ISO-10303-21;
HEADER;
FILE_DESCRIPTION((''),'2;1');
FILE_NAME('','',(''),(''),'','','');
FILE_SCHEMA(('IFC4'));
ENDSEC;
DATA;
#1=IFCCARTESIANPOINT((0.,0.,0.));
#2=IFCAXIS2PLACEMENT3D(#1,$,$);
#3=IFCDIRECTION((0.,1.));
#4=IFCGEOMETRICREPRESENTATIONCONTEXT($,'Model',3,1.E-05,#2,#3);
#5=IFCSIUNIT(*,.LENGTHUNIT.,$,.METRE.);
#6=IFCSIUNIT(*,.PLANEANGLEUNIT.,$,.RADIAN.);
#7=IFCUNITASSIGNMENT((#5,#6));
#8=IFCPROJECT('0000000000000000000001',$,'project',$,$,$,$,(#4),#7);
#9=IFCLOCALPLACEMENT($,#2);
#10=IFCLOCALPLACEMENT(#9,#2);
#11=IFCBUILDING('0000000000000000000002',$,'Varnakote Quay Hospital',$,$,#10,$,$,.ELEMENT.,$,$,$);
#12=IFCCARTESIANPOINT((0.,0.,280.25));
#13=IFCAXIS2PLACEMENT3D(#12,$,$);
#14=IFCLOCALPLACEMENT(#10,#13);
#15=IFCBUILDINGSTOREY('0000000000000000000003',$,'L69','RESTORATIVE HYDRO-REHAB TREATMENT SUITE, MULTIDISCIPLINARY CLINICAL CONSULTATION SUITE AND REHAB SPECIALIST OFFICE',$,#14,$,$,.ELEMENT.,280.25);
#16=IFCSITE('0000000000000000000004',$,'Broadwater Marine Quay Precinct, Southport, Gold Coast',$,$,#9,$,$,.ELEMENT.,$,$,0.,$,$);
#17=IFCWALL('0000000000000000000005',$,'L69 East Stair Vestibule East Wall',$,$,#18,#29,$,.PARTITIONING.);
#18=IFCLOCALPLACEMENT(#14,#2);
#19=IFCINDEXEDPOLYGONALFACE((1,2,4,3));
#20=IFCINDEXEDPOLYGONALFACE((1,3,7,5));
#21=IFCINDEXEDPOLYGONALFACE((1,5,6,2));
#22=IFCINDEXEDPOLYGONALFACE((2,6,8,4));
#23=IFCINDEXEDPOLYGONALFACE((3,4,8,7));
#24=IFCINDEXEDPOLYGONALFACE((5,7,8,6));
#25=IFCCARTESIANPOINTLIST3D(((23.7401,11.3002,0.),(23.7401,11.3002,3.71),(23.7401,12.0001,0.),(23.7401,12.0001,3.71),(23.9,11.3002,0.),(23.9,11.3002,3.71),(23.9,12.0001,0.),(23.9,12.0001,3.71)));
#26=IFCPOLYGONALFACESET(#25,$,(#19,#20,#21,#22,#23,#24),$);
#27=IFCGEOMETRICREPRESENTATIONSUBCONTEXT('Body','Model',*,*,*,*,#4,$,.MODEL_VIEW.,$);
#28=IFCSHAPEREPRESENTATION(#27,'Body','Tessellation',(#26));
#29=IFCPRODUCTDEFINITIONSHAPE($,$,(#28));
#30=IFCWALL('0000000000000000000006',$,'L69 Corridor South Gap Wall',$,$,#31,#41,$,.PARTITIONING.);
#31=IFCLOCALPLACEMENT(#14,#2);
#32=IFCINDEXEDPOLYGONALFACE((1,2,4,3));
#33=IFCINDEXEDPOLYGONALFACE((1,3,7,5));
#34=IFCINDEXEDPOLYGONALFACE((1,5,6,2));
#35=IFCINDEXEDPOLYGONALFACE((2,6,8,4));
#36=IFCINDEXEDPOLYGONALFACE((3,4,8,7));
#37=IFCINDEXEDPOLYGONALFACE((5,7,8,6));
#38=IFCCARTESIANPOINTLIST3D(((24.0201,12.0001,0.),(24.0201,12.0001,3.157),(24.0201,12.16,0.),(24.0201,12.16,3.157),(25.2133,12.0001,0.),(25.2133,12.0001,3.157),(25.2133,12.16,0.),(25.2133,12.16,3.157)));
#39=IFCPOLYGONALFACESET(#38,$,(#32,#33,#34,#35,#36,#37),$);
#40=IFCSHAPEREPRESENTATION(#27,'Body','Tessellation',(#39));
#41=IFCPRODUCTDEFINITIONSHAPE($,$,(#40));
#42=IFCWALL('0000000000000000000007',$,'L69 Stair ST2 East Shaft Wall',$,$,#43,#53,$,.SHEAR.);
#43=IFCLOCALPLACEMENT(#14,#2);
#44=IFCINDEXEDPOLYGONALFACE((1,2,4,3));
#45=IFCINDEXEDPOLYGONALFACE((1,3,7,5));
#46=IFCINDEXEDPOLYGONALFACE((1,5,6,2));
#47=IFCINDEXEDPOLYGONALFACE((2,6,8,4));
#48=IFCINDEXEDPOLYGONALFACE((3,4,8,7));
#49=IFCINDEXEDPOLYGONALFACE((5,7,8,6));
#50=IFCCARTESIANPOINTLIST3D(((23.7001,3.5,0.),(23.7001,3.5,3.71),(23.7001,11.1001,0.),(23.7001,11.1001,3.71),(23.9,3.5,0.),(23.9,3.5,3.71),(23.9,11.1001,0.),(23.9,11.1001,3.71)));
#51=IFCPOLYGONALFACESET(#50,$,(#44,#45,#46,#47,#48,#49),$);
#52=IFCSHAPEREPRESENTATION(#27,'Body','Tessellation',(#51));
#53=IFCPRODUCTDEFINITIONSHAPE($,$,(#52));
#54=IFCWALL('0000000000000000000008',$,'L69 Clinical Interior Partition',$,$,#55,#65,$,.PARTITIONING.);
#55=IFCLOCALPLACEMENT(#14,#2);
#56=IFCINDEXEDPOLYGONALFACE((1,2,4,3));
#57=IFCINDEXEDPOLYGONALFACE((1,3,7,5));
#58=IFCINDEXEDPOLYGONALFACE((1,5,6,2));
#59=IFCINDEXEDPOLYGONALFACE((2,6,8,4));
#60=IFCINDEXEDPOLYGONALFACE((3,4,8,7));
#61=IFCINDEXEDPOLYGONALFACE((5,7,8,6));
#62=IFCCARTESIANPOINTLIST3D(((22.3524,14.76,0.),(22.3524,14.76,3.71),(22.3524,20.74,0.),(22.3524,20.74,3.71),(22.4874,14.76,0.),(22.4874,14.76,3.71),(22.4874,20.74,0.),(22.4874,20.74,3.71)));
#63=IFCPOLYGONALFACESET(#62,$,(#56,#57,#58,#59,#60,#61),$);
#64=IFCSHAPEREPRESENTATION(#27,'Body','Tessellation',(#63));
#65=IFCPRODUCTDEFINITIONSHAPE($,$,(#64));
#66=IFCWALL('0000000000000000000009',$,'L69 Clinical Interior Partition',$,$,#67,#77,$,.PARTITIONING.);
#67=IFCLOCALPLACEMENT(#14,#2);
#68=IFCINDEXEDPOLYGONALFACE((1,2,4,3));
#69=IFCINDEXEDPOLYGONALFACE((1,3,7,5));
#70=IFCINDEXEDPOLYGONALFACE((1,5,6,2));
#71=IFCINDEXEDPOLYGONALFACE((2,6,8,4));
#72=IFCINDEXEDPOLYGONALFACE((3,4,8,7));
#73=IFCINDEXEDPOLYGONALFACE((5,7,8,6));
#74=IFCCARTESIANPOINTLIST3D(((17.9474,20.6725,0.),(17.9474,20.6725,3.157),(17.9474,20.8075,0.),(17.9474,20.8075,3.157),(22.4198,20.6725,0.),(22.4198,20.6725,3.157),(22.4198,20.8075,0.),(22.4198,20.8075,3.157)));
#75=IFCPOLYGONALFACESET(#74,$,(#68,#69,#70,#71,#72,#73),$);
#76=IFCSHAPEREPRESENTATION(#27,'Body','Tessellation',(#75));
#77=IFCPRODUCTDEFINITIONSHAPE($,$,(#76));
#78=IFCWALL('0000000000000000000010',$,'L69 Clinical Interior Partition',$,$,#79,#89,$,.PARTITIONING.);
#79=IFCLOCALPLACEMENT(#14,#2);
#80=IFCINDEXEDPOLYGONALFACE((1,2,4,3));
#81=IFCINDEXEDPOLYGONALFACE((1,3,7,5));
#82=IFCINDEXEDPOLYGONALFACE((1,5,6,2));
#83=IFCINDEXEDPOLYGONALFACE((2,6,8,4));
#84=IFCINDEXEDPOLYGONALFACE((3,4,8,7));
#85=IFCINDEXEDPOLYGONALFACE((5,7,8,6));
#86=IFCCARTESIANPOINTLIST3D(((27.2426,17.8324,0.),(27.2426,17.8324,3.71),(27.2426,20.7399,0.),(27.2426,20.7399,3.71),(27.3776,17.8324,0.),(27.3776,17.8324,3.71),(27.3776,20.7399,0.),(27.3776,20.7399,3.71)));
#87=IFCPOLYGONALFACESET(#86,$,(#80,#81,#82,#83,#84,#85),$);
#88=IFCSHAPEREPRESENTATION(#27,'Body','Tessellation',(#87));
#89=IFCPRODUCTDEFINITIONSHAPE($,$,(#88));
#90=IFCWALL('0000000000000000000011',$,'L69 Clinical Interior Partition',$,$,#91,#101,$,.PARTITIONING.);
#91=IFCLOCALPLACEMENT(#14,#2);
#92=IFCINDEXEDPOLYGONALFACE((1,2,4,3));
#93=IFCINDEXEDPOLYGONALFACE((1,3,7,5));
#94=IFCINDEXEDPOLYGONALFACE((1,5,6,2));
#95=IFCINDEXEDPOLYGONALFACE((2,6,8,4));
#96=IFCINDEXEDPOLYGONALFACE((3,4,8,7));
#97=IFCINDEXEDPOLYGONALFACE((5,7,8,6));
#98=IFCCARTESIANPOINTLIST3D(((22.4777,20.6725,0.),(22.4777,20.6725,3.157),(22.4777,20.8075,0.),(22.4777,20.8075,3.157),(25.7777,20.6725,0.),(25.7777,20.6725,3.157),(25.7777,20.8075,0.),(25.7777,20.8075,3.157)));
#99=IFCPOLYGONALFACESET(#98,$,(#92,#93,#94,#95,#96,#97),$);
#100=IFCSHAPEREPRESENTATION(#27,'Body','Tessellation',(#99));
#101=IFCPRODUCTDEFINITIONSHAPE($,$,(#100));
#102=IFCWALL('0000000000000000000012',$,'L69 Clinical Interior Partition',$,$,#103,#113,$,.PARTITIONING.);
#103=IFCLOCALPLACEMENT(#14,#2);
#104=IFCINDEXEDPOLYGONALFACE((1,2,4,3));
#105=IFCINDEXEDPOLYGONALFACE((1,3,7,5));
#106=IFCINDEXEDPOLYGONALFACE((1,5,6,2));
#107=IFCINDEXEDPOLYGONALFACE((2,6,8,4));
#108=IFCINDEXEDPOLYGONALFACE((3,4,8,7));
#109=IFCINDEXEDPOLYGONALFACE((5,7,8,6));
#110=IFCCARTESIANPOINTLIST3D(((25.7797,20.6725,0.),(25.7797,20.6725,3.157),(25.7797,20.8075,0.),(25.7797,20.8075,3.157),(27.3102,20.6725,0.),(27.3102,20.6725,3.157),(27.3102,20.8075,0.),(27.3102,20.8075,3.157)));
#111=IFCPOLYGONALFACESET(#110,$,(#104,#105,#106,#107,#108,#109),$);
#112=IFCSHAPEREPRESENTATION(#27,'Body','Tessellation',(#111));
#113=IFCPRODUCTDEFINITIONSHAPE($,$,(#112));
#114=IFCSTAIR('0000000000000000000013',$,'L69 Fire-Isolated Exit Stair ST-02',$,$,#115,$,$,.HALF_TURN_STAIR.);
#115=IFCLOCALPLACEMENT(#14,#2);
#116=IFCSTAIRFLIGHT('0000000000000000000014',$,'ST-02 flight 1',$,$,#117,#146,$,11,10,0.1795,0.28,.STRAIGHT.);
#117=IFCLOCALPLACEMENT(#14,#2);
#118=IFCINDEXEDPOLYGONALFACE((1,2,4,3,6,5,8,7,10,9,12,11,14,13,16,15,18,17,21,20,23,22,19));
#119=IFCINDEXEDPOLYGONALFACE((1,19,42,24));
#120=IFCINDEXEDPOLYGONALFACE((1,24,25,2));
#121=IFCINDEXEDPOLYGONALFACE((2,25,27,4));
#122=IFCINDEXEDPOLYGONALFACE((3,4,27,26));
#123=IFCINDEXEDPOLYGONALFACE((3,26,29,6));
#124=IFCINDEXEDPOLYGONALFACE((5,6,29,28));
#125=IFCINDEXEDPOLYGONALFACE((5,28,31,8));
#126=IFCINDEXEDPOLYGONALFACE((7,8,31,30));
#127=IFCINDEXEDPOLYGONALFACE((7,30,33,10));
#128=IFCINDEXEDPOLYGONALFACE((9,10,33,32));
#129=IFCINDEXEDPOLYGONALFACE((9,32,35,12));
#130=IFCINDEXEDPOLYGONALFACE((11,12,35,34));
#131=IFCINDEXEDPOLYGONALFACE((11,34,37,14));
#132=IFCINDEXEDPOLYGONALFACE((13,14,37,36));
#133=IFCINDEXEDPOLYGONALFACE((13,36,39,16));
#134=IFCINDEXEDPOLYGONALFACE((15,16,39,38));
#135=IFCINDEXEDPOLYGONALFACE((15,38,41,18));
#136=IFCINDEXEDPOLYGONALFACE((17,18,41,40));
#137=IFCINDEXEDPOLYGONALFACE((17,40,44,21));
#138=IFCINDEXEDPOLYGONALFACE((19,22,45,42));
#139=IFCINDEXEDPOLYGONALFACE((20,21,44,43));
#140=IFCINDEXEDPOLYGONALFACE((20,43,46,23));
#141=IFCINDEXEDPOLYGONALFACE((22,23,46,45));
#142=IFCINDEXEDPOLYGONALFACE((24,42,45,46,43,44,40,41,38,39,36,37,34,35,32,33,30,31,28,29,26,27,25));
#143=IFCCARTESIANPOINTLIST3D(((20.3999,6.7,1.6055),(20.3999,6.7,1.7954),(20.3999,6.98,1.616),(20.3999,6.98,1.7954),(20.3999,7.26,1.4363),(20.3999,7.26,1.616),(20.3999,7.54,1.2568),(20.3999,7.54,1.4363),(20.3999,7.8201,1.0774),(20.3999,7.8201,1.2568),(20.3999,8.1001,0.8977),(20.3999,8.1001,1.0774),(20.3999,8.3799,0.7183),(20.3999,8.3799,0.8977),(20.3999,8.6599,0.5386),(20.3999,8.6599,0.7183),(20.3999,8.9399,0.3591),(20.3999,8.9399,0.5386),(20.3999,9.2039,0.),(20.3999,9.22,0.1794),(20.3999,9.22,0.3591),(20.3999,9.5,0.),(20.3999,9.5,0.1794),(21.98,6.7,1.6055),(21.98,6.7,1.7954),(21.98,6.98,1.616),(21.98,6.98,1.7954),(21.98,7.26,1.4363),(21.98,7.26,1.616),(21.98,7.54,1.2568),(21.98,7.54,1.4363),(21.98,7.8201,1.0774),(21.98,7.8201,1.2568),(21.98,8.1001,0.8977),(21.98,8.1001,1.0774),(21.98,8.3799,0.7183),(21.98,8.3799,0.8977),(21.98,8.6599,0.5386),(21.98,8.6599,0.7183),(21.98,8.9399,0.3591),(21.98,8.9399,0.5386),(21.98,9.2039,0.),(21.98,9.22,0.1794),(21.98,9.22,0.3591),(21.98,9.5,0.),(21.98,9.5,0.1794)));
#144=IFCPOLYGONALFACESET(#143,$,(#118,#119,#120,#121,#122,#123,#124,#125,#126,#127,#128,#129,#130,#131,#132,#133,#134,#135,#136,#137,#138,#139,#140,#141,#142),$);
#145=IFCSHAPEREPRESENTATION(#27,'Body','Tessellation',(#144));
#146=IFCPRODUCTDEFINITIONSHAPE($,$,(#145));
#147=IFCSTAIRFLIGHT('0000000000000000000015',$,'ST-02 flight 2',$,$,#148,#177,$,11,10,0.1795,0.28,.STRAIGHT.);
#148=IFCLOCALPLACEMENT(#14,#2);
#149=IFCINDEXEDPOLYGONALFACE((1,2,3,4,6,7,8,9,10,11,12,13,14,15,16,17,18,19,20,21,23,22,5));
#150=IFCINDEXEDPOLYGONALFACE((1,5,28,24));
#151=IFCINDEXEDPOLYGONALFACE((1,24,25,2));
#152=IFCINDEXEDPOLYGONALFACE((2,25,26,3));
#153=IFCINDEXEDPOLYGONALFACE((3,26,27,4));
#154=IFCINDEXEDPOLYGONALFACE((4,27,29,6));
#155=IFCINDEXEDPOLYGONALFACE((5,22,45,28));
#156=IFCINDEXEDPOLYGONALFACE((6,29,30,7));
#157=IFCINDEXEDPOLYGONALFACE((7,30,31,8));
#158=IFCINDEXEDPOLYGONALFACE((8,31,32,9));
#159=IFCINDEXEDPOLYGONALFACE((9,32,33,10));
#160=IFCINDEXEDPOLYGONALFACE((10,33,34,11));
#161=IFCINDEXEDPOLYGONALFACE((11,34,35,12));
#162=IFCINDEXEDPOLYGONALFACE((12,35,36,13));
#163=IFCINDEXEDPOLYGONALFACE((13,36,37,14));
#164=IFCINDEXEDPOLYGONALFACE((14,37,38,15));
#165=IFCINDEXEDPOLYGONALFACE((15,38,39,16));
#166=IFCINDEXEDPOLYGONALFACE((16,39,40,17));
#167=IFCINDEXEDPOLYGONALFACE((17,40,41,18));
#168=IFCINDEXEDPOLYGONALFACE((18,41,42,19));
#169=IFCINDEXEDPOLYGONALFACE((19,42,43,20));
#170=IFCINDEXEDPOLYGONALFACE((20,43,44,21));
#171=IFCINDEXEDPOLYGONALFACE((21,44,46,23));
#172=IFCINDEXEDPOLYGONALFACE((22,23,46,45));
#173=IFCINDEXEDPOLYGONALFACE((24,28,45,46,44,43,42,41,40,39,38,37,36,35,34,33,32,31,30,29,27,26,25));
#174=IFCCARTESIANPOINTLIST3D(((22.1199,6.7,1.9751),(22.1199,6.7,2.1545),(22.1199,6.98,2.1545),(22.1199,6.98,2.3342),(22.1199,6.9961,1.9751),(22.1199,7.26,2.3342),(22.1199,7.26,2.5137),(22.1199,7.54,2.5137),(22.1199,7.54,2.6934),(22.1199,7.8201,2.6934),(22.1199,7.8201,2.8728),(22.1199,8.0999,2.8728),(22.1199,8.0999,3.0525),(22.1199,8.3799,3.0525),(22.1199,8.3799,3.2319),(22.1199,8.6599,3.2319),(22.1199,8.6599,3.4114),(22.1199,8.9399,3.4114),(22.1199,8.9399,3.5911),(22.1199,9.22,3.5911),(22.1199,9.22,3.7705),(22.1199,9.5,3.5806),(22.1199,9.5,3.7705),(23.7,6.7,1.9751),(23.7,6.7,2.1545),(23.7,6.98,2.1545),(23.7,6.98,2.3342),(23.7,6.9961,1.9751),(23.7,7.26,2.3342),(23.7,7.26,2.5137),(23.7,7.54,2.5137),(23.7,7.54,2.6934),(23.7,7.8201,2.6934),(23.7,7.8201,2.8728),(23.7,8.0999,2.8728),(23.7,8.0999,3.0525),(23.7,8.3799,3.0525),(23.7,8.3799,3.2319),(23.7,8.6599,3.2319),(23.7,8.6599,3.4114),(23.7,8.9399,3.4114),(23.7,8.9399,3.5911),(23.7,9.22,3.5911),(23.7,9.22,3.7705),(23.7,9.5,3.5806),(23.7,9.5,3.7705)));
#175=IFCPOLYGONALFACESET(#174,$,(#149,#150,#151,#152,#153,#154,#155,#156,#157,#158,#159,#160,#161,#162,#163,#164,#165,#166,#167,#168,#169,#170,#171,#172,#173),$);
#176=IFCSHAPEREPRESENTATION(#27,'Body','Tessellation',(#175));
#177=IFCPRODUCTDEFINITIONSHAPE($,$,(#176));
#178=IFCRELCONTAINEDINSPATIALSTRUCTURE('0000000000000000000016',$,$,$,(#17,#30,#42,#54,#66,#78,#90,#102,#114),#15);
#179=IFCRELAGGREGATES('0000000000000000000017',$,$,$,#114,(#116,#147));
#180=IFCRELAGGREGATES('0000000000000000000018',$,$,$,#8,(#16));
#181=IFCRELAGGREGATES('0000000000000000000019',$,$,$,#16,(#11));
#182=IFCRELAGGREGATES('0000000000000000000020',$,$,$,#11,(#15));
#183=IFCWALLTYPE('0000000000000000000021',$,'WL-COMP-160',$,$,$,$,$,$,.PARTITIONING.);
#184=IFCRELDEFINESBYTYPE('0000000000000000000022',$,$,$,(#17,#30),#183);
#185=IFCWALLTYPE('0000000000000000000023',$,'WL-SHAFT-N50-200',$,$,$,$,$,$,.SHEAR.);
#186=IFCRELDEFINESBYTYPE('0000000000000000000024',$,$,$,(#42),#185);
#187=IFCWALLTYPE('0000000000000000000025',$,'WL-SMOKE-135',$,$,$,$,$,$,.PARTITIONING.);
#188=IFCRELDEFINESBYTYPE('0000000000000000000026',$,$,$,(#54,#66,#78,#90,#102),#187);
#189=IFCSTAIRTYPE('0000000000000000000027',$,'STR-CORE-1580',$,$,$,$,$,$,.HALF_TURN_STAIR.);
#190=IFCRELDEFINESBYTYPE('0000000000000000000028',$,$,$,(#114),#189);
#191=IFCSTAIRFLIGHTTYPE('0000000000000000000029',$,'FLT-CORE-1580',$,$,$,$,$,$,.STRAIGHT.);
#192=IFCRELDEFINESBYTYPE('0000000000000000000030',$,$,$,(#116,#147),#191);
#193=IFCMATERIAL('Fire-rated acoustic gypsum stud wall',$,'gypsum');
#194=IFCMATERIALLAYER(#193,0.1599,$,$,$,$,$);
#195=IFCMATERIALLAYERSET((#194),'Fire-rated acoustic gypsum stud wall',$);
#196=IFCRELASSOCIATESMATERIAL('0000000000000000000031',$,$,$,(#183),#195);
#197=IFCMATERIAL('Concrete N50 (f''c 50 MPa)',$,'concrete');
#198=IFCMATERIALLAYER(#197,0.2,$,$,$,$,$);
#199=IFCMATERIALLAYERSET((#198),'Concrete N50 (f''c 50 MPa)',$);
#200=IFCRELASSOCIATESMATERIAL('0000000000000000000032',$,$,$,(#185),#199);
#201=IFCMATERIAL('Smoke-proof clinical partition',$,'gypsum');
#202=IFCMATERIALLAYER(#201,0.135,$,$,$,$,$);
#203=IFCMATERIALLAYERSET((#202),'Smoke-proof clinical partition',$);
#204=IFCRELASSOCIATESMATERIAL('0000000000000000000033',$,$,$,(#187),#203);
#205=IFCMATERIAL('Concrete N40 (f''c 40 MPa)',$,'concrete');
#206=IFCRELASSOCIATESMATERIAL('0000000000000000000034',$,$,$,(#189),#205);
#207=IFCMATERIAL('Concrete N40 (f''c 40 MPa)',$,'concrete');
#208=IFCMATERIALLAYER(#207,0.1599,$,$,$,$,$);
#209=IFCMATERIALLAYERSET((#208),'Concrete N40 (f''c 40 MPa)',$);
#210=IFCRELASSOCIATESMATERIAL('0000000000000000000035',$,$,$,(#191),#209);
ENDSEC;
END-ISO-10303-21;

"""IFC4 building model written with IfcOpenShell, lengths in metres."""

from ifc_helpers import new_model, si_unit, direction, frame, frame_2d, origin, place, context, subcontext, project, spatial, polyline, rectangle, outline, extrude, material, layer, layer_set, type_object, element, aggregate, save


model = new_model("IFC4")

# Units and contexts
model_context = context("Model", 3, precision=1e-05, world=origin(), true_north=direction((0.0, 1.0)))
body_context = subcontext(model_context, "Body", "Model", "MODEL_VIEW")
ifc_project = project(units=[si_unit("LENGTHUNIT", "METRE"), si_unit("PLANEANGLEUNIT", "RADIAN")], contexts=[model_context])

# Site, building, storey
site_placement = place(None, origin())
site = spatial("IfcSite", under=ifc_project, at=site_placement, Name="Broadwater Marine Quay Precinct, Southport, Gold Coast", CompositionType="ELEMENT", RefElevation=0.0)
building_placement = place(site_placement, origin())
building = spatial("IfcBuilding", under=site, at=building_placement, Name="Varnakote Quay Hospital", CompositionType="ELEMENT")
storey_placement = place(building_placement, frame((0.0, 0.0, 280.25)))
storey = spatial("IfcBuildingStorey", under=building, at=storey_placement, Name="L69", Description="RESTORATIVE HYDRO-REHAB TREATMENT SUITE, MULTIDISCIPLINARY CLINICAL CONSULTATION SUITE AND REHAB SPECIALIST OFFICE", CompositionType="ELEMENT", Elevation=280.25)

# Walls
ifc_material_1 = material(Name="Fire-rated acoustic gypsum stud wall", Category="gypsum")
ifc_layer_1 = layer(ifc_material_1, 0.1599)
ifc_layer_set_1 = layer_set([ifc_layer_1], Name="Fire-rated acoustic gypsum stud wall")
wall_type_1 = type_object("IfcWallType", Name="WL-COMP-160", PredefinedType="PARTITIONING", material=ifc_layer_set_1)
wall_1_placement = place(storey_placement, frame((23.8201, 11.3, 0.0), z_axis=(0.0, 0.0, 1.0), x_axis=(0.0, 1.0, 0.0)))
element("IfcWall", 1, at=wall_1_placement, inside=storey, type_object=wall_type_1, Name="L69 East Stair Vestibule East Wall", PredefinedType="PARTITIONING", context=body_context, shape_type="SweptSolid", body=[
    extrude(rectangle(XDim=0.7, YDim=0.1599, at=frame_2d((0.3501, 0.0))), origin(), (0.0, 0.0, 1.0), 3.71),
])
wall_2_placement = place(storey_placement, frame((24.02, 12.0801, 0.0), z_axis=(0.0, 0.0, 1.0), x_axis=(1.0, 0.0, 0.0)))
element("IfcWall", 2, at=wall_2_placement, inside=storey, type_object=wall_type_1, Name="L69 Corridor South Gap Wall", PredefinedType="PARTITIONING", context=body_context, shape_type="SweptSolid", body=[
    extrude(rectangle(XDim=1.1931, YDim=0.1599, at=frame_2d((0.5967, 0.0))), origin(), (0.0, 0.0, 1.0), 3.157),
])
ifc_material_2 = material(Name="Concrete N50 (f'c 50 MPa)", Category="concrete")
ifc_layer_2 = layer(ifc_material_2, 0.2)
ifc_layer_set_2 = layer_set([ifc_layer_2], Name="Concrete N50 (f'c 50 MPa)")
wall_type_2 = type_object("IfcWallType", Name="WL-SHAFT-N50-200", PredefinedType="SHEAR", material=ifc_layer_set_2)
wall_3_placement = place(storey_placement, frame((23.8, 3.5, 0.0), z_axis=(0.0, 0.0, 1.0), x_axis=(0.0, 1.0, 0.0)))
element("IfcWall", 3, at=wall_3_placement, inside=storey, type_object=wall_type_2, Name="L69 Stair ST2 East Shaft Wall", PredefinedType="SHEAR", context=body_context, shape_type="SweptSolid", body=[
    extrude(rectangle(XDim=7.6001, YDim=0.2, at=frame_2d((3.8, 0.0))), origin(), (0.0, 0.0, 1.0), 3.71),
])
ifc_material_3 = material(Name="Smoke-proof clinical partition", Category="gypsum")
ifc_layer_3 = layer(ifc_material_3, 0.135)
ifc_layer_set_3 = layer_set([ifc_layer_3], Name="Smoke-proof clinical partition")
wall_type_3 = type_object("IfcWallType", Name="WL-SMOKE-135", PredefinedType="PARTITIONING", material=ifc_layer_set_3)
wall_4_placement = place(storey_placement, frame((22.4199, 14.76, 0.0), z_axis=(0.0, 0.0, 1.0), x_axis=(0.0, 1.0, 0.0)))
element("IfcWall", 4, at=wall_4_placement, inside=storey, type_object=wall_type_3, Name="L69 Clinical Interior Partition", PredefinedType="PARTITIONING", context=body_context, shape_type="SweptSolid", body=[
    extrude(rectangle(XDim=5.98, YDim=0.135, at=frame_2d((2.99, 0.0))), origin(), (0.0, 0.0, 1.0), 3.71),
])
wall_5_placement = place(storey_placement, frame((22.4199, 20.74, 0.0), z_axis=(0.0, 0.0, 1.0), x_axis=(-1.0, 0.0, 0.0)))
element("IfcWall", 5, at=wall_5_placement, inside=storey, type_object=wall_type_3, Name="L69 Clinical Interior Partition", PredefinedType="PARTITIONING", context=body_context, shape_type="SweptSolid", body=[
    extrude(rectangle(XDim=4.4724, YDim=0.135, at=frame_2d((2.2363, 0.0))), origin(), (0.0, 0.0, 1.0), 3.157),
])
wall_6_placement = place(storey_placement, frame((27.3101, 17.8325, 0.0), z_axis=(0.0, 0.0, 1.0), x_axis=(0.0, 1.0, 0.0)))
element("IfcWall", 6, at=wall_6_placement, inside=storey, type_object=wall_type_3, Name="L69 Clinical Interior Partition", PredefinedType="PARTITIONING", context=body_context, shape_type="SweptSolid", body=[
    extrude(rectangle(XDim=2.9075, YDim=0.135, at=frame_2d((1.4536, 0.0))), origin(), (0.0, 0.0, 1.0), 3.71),
])
wall_7_placement = place(storey_placement, frame((25.7776, 20.74, 0.0), z_axis=(0.0, 0.0, 1.0), x_axis=(-1.0, 0.0, 0.0)))
element("IfcWall", 7, at=wall_7_placement, inside=storey, type_object=wall_type_3, Name="L69 Clinical Interior Partition", PredefinedType="PARTITIONING", context=body_context, shape_type="SweptSolid", body=[
    extrude(rectangle(XDim=3.3, YDim=0.135, at=frame_2d((1.6499, 0.0))), origin(), (0.0, 0.0, 1.0), 3.157),
])
wall_8_placement = place(storey_placement, frame((27.3101, 20.74, 0.0), z_axis=(0.0, 0.0, 1.0), x_axis=(-1.0, 0.0, 0.0)))
element("IfcWall", 8, at=wall_8_placement, inside=storey, type_object=wall_type_3, Name="L69 Clinical Interior Partition", PredefinedType="PARTITIONING", context=body_context, shape_type="SweptSolid", body=[
    extrude(rectangle(XDim=1.5305, YDim=0.135, at=frame_2d((0.7651, 0.0))), origin(), (0.0, 0.0, 1.0), 3.157),
])

# Stair, stair flights
ifc_material_4 = material(Name="Concrete N40 (f'c 40 MPa)", Category="concrete")
stair_type = type_object("IfcStairType", Name="STR-CORE-1580", PredefinedType="HALF_TURN_STAIR", material=ifc_material_4)
stair_placement = place(storey_placement, origin())
stair = element("IfcStair", 9, at=stair_placement, inside=storey, type_object=stair_type, Name="L69 Fire-Isolated Exit Stair ST-02", PredefinedType="HALF_TURN_STAIR")
ifc_material_5 = material(Name="Concrete N40 (f'c 40 MPa)", Category="concrete")
ifc_layer_4 = layer(ifc_material_5, 0.1599)
ifc_layer_set_4 = layer_set([ifc_layer_4], Name="Concrete N40 (f'c 40 MPa)")
stair_flight_type = type_object("IfcStairFlightType", Name="FLT-CORE-1580", PredefinedType="STRAIGHT", material=ifc_layer_set_4)
stair_flight_1_placement = place(storey_placement, frame((21.1899, 9.5, 0.0), z_axis=(0.0, 0.0, 1.0), x_axis=(0.0, -1.0, 0.0)))
stair_flight_1 = element("IfcStairFlight", 10, at=stair_flight_1_placement, type_object=stair_flight_type, Name="ST-02 flight 1", NumberOfRisers=11, NumberOfTreads=10, PredefinedType="STRAIGHT", RiserHeight=0.1795, TreadLength=0.28, context=body_context, shape_type="SweptSolid", body=[
    extrude(outline(polyline([(0.0, 0.0), (0.0, 0.1794), (0.28, 0.1794), (0.28, 0.3591), (0.5601, 0.3591), (0.5601, 0.5386), (0.8401, 0.5386), (0.8401, 0.7183), (1.1201, 0.7183), (1.1201, 0.8977), (1.3999, 0.8977), (1.3999, 1.0774), (1.6799, 1.0774), (1.6799, 1.2568), (1.96, 1.2568), (1.96, 1.4363), (2.24, 1.4363), (2.24, 1.616), (2.52, 1.616), (2.52, 1.7954), (2.8, 1.7954), (2.8, 1.9751), (2.8, 1.6055), (0.2961, 0.0), (0.0, 0.0)])), frame((0.0, 0.79, 0.0), z_axis=(0.0, -1.0, 0.0), x_axis=(1.0, 0.0, 0.0)), (0.0, 0.0, 1.0), 1.5801),
])
stair_flight_2_placement = place(storey_placement, frame((22.9099, 6.7, 1.9751), z_axis=(0.0, 0.0, 1.0), x_axis=(0.0, 1.0, 0.0)))
stair_flight_2 = element("IfcStairFlight", 11, at=stair_flight_2_placement, type_object=stair_flight_type, Name="ST-02 flight 2", NumberOfRisers=11, NumberOfTreads=10, PredefinedType="STRAIGHT", RiserHeight=0.1795, TreadLength=0.28, context=body_context, shape_type="SweptSolid", body=[
    extrude(outline(polyline([(0.0, 0.0), (0.0, 0.1794), (0.28, 0.1794), (0.28, 0.3591), (0.5601, 0.3591), (0.5601, 0.5386), (0.8401, 0.5386), (0.8401, 0.7183), (1.1201, 0.7183), (1.1201, 0.8977), (1.3999, 0.8977), (1.3999, 1.0774), (1.6799, 1.0774), (1.6799, 1.2568), (1.96, 1.2568), (1.96, 1.4363), (2.24, 1.4363), (2.24, 1.616), (2.52, 1.616), (2.52, 1.7954), (2.8, 1.7954), (2.8, 1.9751), (2.8, 1.6055), (0.2961, 0.0), (0.0, 0.0)])), frame((0.0, 0.79, 0.0), z_axis=(0.0, -1.0, 0.0), x_axis=(1.0, 0.0, 0.0)), (0.0, 0.0, 1.0), 1.5801),
])
aggregate(stair, [stair_flight_1, stair_flight_2])

save(model, "model.ifc")
